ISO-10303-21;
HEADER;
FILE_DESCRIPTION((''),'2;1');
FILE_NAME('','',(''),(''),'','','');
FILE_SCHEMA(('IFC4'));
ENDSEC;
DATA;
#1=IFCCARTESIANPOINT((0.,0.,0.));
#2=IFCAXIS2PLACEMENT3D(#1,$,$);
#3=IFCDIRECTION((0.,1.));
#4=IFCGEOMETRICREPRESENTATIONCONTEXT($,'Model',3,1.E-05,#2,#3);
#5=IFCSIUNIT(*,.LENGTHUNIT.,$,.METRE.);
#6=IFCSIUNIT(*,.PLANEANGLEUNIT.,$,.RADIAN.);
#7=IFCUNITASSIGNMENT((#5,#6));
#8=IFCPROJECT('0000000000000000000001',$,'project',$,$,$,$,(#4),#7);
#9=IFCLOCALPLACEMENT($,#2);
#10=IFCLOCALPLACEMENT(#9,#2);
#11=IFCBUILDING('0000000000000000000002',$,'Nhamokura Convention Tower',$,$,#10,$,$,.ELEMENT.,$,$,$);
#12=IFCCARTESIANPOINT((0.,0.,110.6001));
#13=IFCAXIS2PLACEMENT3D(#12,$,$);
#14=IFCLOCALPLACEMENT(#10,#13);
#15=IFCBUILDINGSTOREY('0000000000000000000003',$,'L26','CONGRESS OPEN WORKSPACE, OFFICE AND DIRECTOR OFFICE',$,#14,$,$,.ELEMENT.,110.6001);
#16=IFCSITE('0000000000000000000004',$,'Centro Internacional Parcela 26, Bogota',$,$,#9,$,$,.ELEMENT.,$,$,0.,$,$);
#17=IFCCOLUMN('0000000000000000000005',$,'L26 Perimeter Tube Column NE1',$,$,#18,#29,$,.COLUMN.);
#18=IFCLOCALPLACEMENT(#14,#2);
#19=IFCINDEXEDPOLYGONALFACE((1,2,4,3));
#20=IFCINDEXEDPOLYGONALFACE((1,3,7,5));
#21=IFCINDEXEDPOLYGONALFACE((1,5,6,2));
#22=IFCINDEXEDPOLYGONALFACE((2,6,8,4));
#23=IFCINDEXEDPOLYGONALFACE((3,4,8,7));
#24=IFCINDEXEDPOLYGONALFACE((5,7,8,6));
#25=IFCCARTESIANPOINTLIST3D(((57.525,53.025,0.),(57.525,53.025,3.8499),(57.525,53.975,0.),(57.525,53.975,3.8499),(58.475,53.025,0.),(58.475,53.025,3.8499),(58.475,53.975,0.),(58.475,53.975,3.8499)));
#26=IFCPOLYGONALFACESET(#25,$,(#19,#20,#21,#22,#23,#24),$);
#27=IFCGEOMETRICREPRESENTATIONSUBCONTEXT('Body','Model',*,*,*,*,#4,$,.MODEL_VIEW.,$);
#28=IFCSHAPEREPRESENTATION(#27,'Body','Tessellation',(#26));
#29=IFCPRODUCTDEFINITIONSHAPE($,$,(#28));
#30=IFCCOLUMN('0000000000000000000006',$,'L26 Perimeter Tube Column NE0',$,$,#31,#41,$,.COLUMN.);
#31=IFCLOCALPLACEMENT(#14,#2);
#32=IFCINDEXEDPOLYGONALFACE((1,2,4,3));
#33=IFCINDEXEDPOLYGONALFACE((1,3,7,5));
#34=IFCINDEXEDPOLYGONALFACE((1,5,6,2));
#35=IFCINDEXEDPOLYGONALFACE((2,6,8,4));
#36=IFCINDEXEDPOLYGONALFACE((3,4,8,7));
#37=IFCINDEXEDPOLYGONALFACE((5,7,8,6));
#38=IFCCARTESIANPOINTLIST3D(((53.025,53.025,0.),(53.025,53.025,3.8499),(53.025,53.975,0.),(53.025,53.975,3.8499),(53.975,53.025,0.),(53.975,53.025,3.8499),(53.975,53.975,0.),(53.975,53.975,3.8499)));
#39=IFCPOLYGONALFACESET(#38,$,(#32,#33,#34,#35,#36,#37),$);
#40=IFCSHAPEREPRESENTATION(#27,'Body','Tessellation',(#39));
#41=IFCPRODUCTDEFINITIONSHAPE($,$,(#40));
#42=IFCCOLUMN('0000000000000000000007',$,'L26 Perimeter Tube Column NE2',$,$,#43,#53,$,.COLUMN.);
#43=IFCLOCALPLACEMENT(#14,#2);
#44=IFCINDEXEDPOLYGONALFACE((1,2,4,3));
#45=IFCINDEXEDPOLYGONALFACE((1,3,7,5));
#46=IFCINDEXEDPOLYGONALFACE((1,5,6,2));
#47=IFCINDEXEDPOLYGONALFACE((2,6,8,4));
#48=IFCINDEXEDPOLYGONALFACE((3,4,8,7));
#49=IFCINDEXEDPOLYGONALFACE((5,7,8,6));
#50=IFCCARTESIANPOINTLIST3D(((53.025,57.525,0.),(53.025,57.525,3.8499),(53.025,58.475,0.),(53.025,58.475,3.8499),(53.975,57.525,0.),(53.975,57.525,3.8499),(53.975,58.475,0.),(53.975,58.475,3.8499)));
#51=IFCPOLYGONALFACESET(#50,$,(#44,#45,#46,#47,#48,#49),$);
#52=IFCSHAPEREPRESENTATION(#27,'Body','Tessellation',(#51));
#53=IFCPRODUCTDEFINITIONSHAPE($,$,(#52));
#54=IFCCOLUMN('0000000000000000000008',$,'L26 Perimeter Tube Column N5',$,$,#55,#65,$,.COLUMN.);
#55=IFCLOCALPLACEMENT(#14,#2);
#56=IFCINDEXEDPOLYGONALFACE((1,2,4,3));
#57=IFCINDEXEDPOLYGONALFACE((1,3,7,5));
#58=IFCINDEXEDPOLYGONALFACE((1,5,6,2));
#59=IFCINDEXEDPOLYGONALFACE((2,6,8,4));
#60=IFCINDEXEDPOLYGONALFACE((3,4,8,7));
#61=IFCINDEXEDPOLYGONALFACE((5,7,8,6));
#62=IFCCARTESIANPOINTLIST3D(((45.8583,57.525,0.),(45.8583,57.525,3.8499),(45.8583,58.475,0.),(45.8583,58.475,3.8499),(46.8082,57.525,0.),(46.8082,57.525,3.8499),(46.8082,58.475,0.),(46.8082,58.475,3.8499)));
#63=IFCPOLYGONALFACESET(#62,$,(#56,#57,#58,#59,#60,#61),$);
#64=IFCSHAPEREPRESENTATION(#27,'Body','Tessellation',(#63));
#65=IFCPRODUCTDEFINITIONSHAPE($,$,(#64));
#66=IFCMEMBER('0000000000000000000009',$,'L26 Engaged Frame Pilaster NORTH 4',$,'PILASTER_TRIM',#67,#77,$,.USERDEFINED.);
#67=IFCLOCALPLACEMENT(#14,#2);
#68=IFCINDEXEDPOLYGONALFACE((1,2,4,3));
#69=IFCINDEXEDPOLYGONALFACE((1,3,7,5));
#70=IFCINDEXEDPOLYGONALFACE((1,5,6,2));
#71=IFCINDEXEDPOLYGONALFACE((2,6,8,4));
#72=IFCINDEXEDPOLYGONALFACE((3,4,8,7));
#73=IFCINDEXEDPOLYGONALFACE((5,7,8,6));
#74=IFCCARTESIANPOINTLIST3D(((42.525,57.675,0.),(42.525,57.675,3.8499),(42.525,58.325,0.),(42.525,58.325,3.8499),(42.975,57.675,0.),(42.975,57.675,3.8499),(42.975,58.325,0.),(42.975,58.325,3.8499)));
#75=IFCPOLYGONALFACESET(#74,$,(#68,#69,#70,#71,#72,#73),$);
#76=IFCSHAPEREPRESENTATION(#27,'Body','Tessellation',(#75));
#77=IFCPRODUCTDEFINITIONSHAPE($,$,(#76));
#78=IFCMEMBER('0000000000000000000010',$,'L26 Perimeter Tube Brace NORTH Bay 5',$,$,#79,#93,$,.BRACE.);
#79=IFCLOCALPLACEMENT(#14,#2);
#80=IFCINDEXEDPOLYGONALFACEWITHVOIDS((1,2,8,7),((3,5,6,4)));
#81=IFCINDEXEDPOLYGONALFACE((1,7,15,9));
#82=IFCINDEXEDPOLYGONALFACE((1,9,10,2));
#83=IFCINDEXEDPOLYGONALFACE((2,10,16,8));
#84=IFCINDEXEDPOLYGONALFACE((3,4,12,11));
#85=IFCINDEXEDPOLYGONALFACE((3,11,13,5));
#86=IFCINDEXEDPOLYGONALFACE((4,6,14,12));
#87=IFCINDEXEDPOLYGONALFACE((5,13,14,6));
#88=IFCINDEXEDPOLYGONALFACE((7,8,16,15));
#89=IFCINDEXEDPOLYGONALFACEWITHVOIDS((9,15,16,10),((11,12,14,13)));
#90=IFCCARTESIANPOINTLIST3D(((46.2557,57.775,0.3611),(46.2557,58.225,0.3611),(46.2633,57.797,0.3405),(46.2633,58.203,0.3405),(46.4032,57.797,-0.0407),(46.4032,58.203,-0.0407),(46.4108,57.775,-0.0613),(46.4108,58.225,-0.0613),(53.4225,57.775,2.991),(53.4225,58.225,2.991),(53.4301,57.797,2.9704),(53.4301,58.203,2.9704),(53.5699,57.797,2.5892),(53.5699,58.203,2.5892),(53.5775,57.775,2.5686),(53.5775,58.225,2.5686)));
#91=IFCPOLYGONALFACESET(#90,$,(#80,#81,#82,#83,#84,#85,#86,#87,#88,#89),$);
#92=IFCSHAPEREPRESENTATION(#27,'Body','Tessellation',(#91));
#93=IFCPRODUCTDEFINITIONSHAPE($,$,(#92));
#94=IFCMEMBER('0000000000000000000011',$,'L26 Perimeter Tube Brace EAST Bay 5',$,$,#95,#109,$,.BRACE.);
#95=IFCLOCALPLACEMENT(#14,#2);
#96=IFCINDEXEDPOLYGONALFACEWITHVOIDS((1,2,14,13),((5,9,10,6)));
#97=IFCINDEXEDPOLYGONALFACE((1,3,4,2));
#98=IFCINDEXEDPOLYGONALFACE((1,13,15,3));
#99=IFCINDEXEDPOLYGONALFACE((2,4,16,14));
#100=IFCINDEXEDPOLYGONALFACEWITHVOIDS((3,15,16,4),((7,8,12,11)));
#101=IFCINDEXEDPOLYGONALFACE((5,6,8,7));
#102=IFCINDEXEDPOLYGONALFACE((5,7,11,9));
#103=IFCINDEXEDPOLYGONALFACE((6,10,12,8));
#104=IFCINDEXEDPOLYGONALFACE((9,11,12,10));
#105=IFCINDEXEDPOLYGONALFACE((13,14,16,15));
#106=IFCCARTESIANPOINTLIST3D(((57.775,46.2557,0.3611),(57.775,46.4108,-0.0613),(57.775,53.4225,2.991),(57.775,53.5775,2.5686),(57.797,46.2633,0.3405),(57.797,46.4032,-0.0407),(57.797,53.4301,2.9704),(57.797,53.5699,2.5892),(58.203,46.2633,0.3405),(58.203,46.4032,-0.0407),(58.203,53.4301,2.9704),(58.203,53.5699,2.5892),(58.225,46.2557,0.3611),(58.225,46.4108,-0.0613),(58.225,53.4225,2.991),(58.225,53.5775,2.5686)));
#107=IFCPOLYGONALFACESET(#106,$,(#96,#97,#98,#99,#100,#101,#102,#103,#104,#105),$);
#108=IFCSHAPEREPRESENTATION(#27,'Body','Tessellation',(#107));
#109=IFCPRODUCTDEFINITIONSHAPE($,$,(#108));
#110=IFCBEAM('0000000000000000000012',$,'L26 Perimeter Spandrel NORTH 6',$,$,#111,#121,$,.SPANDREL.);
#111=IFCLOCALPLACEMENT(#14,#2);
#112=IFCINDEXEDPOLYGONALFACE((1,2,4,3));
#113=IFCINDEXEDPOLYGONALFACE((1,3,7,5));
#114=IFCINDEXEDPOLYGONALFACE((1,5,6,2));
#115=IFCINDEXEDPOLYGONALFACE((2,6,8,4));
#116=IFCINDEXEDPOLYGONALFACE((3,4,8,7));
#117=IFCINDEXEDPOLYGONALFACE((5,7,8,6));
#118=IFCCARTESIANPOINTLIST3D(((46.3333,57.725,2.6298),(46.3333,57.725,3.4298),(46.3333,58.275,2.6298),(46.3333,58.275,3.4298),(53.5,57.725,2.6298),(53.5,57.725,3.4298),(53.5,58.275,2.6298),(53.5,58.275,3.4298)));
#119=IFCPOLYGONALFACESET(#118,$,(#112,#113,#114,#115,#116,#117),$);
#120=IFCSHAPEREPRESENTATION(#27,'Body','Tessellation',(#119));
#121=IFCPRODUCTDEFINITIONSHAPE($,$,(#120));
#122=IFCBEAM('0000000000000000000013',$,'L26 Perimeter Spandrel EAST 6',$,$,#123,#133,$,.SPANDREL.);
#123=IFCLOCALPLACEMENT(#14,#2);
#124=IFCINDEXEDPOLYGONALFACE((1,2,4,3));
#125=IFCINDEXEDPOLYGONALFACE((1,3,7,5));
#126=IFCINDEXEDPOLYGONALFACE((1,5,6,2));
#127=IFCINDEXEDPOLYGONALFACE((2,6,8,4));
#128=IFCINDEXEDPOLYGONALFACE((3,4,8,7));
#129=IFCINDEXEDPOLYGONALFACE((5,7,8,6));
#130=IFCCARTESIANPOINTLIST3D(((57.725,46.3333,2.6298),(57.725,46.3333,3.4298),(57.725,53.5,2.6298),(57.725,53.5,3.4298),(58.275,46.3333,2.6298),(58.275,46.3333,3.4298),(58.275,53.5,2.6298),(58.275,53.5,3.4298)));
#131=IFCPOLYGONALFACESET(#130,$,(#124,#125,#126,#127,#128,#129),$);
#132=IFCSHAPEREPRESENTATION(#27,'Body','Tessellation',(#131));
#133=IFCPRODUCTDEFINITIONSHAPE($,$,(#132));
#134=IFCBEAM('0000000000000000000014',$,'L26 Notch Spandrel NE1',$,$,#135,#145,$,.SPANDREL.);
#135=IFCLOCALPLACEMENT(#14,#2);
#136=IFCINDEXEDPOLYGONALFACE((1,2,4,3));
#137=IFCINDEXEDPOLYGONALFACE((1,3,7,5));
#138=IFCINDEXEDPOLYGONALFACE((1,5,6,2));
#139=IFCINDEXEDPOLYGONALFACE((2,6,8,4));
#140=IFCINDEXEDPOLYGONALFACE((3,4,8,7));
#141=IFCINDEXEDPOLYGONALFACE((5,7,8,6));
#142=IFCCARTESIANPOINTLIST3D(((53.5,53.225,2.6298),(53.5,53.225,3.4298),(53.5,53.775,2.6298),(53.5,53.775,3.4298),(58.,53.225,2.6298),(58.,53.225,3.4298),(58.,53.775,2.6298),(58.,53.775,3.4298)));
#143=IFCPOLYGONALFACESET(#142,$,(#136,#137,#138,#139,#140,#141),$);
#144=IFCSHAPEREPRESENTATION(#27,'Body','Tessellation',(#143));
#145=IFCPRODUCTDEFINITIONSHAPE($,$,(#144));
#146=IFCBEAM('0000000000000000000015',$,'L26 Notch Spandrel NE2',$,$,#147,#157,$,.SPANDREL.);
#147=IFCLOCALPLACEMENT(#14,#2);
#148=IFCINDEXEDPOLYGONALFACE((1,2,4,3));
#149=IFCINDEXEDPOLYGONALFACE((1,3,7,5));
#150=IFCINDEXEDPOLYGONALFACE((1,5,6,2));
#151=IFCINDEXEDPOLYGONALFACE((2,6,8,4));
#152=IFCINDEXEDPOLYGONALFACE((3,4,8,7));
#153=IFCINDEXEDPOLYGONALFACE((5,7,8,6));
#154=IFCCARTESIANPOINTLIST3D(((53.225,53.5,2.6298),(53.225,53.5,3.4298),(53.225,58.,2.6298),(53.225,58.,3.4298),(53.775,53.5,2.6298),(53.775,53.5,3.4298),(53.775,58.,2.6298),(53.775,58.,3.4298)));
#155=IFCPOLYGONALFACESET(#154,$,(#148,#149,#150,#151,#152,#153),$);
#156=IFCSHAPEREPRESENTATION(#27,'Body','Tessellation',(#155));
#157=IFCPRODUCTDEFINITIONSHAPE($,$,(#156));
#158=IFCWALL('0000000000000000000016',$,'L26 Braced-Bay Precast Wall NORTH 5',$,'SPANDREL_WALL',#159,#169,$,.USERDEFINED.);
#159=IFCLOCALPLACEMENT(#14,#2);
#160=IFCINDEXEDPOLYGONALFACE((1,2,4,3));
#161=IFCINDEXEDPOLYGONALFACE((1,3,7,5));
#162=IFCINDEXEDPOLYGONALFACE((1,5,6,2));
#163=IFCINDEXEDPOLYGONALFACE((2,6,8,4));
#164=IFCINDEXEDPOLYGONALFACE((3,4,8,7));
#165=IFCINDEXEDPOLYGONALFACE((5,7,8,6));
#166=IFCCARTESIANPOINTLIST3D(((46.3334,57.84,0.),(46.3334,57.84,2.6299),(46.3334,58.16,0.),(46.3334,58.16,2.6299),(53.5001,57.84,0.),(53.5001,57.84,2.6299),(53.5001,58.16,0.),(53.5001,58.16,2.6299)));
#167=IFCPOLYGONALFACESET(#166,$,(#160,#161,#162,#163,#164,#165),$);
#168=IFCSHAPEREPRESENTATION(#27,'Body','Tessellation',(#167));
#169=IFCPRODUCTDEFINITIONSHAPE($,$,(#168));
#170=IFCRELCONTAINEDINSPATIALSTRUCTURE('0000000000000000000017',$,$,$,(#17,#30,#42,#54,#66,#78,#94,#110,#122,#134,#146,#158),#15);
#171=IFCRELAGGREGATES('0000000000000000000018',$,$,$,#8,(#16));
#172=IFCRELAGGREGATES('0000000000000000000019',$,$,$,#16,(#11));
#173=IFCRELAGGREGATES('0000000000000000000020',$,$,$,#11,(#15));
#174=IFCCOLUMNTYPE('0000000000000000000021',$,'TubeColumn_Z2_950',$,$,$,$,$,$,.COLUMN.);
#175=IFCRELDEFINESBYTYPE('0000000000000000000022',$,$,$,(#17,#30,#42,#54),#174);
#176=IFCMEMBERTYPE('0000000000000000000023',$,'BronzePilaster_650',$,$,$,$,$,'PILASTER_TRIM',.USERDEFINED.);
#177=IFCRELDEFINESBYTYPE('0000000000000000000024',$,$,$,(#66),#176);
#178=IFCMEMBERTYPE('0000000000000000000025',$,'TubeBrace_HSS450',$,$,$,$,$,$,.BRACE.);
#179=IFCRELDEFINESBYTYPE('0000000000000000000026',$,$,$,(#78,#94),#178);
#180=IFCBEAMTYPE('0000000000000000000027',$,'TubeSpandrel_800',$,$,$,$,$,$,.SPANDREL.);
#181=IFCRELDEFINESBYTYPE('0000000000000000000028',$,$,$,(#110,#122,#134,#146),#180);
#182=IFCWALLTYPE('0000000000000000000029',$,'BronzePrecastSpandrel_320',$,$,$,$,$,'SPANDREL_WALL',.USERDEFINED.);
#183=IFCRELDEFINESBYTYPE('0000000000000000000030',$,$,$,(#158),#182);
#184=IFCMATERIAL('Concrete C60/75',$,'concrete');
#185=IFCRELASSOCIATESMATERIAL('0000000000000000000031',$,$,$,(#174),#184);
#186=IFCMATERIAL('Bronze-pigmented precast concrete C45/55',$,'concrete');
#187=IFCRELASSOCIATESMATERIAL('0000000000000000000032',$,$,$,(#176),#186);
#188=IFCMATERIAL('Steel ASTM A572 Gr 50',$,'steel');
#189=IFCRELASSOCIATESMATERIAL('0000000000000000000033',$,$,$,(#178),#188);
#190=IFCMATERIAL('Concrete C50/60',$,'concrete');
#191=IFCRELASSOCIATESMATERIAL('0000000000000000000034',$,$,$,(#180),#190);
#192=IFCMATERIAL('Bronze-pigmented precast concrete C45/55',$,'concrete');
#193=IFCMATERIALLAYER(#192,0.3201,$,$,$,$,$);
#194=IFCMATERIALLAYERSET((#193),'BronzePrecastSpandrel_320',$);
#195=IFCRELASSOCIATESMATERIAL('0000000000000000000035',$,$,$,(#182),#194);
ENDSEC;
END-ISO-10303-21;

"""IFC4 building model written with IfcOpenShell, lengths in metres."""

from ifc_helpers import new_model, si_unit, direction, frame, frame_2d, origin, origin_2d, place, context, subcontext, project, spatial, rectangle, hollow_rectangle, extrude, material, layer, layer_set, material_profile, profile_set, type_object, element, save


model = new_model("IFC4")

# Units and contexts
model_context = context("Model", 3, precision=1e-05, world=origin(), true_north=direction((0.0, 1.0)))
body_context = subcontext(model_context, "Body", "Model", "MODEL_VIEW")
ifc_project = project(units=[si_unit("LENGTHUNIT", "METRE"), si_unit("PLANEANGLEUNIT", "RADIAN")], contexts=[model_context])

# Site, building, storey
site_placement = place(None, origin())
site = spatial("IfcSite", under=ifc_project, at=site_placement, Name="Centro Internacional Parcela 26, Bogota", CompositionType="ELEMENT", RefElevation=0.0)
building_placement = place(site_placement, origin())
building = spatial("IfcBuilding", under=site, at=building_placement, Name="Nhamokura Convention Tower", CompositionType="ELEMENT")
storey_placement = place(building_placement, frame((0.0, 0.0, 110.6001)))
storey = spatial("IfcBuildingStorey", under=building, at=storey_placement, Name="L26", Description="CONGRESS OPEN WORKSPACE, OFFICE AND DIRECTOR OFFICE", CompositionType="ELEMENT", Elevation=110.6001)

# Columns
ifc_material_1 = material(Name="Concrete C60/75", Category="concrete")
ifc_material_profile_1 = material_profile(ifc_material_1, rectangle(XDim=0.95, YDim=0.95, at=origin_2d()))
ifc_profile_set_1 = profile_set([ifc_material_profile_1], Name="Concrete C60/75")
column_type = type_object("IfcColumnType", Name="TubeColumn_Z2_950", PredefinedType="COLUMN", material=ifc_profile_set_1)
for number, where, z_axis, x_axis, name in (
    (1, (58.0, 53.5, 0.0), (0.0, 0.0, 1.0), (1.0, 0.0, 0.0), "L26 Perimeter Tube Column NE1"),
    (2, (53.5, 53.5, 0.0), (0.0, 0.0, 1.0), (1.0, 0.0, 0.0), "L26 Perimeter Tube Column NE0"),
    (3, (53.5, 58.0, 0.0), (0.0, 0.0, 1.0), (1.0, 0.0, 0.0), "L26 Perimeter Tube Column NE2"),
    (4, (46.3333, 58.0, 0.0), (0.0, 0.0, 1.0), (1.0, 0.0, 0.0), "L26 Perimeter Tube Column N5"),
):
    element("IfcColumn", number, at=place(storey_placement, frame(where, z_axis=z_axis, x_axis=x_axis)), inside=storey, type_object=column_type, Name=name, PredefinedType="COLUMN", context=body_context, shape_type="SweptSolid", body=[
        extrude(rectangle(XDim=0.95, YDim=0.95, at=origin_2d()), origin(), (0.0, 0.0, 1.0), 3.8499),
    ])

# Members
ifc_material_2 = material(Name="Bronze-pigmented precast concrete C45/55", Category="concrete")
ifc_material_profile_2 = material_profile(ifc_material_2, rectangle(XDim=0.45, YDim=0.6499, at=origin_2d()))
ifc_profile_set_2 = profile_set([ifc_material_profile_2], Name="Bronze-pigmented precast concrete C45/55")
member_type_1 = type_object("IfcMemberType", Name="BronzePilaster_650", ElementType="PILASTER_TRIM", PredefinedType="USERDEFINED", material=ifc_profile_set_2)
member_placement = place(storey_placement, frame((42.75, 58.0, 0.0), z_axis=(0.0, 0.0, 1.0), x_axis=(1.0, 0.0, 0.0)))
element("IfcMember", 5, at=member_placement, inside=storey, type_object=member_type_1, Name="L26 Engaged Frame Pilaster NORTH 4", ObjectType="PILASTER_TRIM", PredefinedType="USERDEFINED", context=body_context, shape_type="SweptSolid", body=[
    extrude(rectangle(XDim=0.45, YDim=0.6499, at=origin_2d()), origin(), (0.0, 0.0, 1.0), 3.8499),
])
ifc_material_3 = material(Name="Steel ASTM A572 Gr 50", Category="steel")
ifc_material_profile_3 = material_profile(ifc_material_3, hollow_rectangle(XDim=0.45, YDim=0.45, WallThickness=0.022, at=origin_2d()))
ifc_profile_set_3 = profile_set([ifc_material_profile_3], Name="Steel ASTM A572 Gr 50")
member_type_2 = type_object("IfcMemberType", Name="TubeBrace_HSS450", PredefinedType="BRACE", material=ifc_profile_set_3)
for number, where, z_axis, x_axis, name in (
    (6, (46.3333, 58.0, 0.1499), (0.938788, 0.0, 0.344494), (0.0, 1.0, 0.0), "L26 Perimeter Tube Brace NORTH Bay 5"),
    (7, (58.0, 46.3333, 0.1499), (0.0, 0.938788, 0.344494), (-1.0, 0.0, 0.0), "L26 Perimeter Tube Brace EAST Bay 5"),
):
    element("IfcMember", number, at=place(storey_placement, frame(where, z_axis=z_axis, x_axis=x_axis)), inside=storey, type_object=member_type_2, Name=name, PredefinedType="BRACE", context=body_context, shape_type="SweptSolid", body=[
        extrude(hollow_rectangle(XDim=0.45, YDim=0.45, WallThickness=0.022, at=origin_2d()), origin(), (0.0, 0.0, 1.0), 7.634),
    ])

# Beams
ifc_material_4 = material(Name="Concrete C50/60", Category="concrete")
ifc_material_profile_4 = material_profile(ifc_material_4, rectangle(XDim=0.55, YDim=0.8, at=origin_2d()))
ifc_profile_set_4 = profile_set([ifc_material_profile_4], Name="Concrete C50/60")
beam_type = type_object("IfcBeamType", Name="TubeSpandrel_800", PredefinedType="SPANDREL", material=ifc_profile_set_4)
for number, where, z_axis, x_axis, name in (
    (8, (46.3333, 58.0, 3.0298), (1.0, 0.0, 0.0), (0.0, 1.0, 0.0), "L26 Perimeter Spandrel NORTH 6"),
    (9, (58.0, 46.3333, 3.0298), (0.0, 1.0, 0.0), (-1.0, 0.0, 0.0), "L26 Perimeter Spandrel EAST 6"),
):
    element("IfcBeam", number, at=place(storey_placement, frame(where, z_axis=z_axis, x_axis=x_axis)), inside=storey, type_object=beam_type, Name=name, PredefinedType="SPANDREL", context=body_context, shape_type="SweptSolid", body=[
        extrude(rectangle(XDim=0.55, YDim=0.8, at=origin_2d()), origin(), (0.0, 0.0, 1.0), 7.1667),
    ])
for number, where, z_axis, x_axis, name in (
    (10, (58.0, 53.5, 3.0298), (-1.0, 0.0, 0.0), (0.0, -1.0, 0.0), "L26 Notch Spandrel NE1"),
    (11, (53.5, 53.5, 3.0298), (0.0, 1.0, 0.0), (-1.0, 0.0, 0.0), "L26 Notch Spandrel NE2"),
):
    element("IfcBeam", number, at=place(storey_placement, frame(where, z_axis=z_axis, x_axis=x_axis)), inside=storey, type_object=beam_type, Name=name, PredefinedType="SPANDREL", context=body_context, shape_type="SweptSolid", body=[
        extrude(rectangle(XDim=0.55, YDim=0.8, at=origin_2d()), origin(), (0.0, 0.0, 1.0), 4.5),
    ])

# Wall
ifc_material_5 = material(Name="Bronze-pigmented precast concrete C45/55", Category="concrete")
ifc_layer = layer(ifc_material_5, 0.3201)
ifc_layer_set = layer_set([ifc_layer], Name="BronzePrecastSpandrel_320")
wall_type = type_object("IfcWallType", Name="BronzePrecastSpandrel_320", ElementType="SPANDREL_WALL", PredefinedType="USERDEFINED", material=ifc_layer_set)
wall_1_placement = place(storey_placement, frame((46.3333, 58.0, 0.0), z_axis=(0.0, 0.0, 1.0), x_axis=(1.0, 0.0, 0.0)))
element("IfcWall", 12, at=wall_1_placement, inside=storey, type_object=wall_type, Name="L26 Braced-Bay Precast Wall NORTH 5", ObjectType="SPANDREL_WALL", PredefinedType="USERDEFINED", context=body_context, shape_type="SweptSolid", body=[
    extrude(rectangle(XDim=7.1667, YDim=0.3201, at=frame_2d((3.5835, 0.0))), origin(), (0.0, 0.0, 1.0), 2.6299),
])

save(model, "model.ifc")
